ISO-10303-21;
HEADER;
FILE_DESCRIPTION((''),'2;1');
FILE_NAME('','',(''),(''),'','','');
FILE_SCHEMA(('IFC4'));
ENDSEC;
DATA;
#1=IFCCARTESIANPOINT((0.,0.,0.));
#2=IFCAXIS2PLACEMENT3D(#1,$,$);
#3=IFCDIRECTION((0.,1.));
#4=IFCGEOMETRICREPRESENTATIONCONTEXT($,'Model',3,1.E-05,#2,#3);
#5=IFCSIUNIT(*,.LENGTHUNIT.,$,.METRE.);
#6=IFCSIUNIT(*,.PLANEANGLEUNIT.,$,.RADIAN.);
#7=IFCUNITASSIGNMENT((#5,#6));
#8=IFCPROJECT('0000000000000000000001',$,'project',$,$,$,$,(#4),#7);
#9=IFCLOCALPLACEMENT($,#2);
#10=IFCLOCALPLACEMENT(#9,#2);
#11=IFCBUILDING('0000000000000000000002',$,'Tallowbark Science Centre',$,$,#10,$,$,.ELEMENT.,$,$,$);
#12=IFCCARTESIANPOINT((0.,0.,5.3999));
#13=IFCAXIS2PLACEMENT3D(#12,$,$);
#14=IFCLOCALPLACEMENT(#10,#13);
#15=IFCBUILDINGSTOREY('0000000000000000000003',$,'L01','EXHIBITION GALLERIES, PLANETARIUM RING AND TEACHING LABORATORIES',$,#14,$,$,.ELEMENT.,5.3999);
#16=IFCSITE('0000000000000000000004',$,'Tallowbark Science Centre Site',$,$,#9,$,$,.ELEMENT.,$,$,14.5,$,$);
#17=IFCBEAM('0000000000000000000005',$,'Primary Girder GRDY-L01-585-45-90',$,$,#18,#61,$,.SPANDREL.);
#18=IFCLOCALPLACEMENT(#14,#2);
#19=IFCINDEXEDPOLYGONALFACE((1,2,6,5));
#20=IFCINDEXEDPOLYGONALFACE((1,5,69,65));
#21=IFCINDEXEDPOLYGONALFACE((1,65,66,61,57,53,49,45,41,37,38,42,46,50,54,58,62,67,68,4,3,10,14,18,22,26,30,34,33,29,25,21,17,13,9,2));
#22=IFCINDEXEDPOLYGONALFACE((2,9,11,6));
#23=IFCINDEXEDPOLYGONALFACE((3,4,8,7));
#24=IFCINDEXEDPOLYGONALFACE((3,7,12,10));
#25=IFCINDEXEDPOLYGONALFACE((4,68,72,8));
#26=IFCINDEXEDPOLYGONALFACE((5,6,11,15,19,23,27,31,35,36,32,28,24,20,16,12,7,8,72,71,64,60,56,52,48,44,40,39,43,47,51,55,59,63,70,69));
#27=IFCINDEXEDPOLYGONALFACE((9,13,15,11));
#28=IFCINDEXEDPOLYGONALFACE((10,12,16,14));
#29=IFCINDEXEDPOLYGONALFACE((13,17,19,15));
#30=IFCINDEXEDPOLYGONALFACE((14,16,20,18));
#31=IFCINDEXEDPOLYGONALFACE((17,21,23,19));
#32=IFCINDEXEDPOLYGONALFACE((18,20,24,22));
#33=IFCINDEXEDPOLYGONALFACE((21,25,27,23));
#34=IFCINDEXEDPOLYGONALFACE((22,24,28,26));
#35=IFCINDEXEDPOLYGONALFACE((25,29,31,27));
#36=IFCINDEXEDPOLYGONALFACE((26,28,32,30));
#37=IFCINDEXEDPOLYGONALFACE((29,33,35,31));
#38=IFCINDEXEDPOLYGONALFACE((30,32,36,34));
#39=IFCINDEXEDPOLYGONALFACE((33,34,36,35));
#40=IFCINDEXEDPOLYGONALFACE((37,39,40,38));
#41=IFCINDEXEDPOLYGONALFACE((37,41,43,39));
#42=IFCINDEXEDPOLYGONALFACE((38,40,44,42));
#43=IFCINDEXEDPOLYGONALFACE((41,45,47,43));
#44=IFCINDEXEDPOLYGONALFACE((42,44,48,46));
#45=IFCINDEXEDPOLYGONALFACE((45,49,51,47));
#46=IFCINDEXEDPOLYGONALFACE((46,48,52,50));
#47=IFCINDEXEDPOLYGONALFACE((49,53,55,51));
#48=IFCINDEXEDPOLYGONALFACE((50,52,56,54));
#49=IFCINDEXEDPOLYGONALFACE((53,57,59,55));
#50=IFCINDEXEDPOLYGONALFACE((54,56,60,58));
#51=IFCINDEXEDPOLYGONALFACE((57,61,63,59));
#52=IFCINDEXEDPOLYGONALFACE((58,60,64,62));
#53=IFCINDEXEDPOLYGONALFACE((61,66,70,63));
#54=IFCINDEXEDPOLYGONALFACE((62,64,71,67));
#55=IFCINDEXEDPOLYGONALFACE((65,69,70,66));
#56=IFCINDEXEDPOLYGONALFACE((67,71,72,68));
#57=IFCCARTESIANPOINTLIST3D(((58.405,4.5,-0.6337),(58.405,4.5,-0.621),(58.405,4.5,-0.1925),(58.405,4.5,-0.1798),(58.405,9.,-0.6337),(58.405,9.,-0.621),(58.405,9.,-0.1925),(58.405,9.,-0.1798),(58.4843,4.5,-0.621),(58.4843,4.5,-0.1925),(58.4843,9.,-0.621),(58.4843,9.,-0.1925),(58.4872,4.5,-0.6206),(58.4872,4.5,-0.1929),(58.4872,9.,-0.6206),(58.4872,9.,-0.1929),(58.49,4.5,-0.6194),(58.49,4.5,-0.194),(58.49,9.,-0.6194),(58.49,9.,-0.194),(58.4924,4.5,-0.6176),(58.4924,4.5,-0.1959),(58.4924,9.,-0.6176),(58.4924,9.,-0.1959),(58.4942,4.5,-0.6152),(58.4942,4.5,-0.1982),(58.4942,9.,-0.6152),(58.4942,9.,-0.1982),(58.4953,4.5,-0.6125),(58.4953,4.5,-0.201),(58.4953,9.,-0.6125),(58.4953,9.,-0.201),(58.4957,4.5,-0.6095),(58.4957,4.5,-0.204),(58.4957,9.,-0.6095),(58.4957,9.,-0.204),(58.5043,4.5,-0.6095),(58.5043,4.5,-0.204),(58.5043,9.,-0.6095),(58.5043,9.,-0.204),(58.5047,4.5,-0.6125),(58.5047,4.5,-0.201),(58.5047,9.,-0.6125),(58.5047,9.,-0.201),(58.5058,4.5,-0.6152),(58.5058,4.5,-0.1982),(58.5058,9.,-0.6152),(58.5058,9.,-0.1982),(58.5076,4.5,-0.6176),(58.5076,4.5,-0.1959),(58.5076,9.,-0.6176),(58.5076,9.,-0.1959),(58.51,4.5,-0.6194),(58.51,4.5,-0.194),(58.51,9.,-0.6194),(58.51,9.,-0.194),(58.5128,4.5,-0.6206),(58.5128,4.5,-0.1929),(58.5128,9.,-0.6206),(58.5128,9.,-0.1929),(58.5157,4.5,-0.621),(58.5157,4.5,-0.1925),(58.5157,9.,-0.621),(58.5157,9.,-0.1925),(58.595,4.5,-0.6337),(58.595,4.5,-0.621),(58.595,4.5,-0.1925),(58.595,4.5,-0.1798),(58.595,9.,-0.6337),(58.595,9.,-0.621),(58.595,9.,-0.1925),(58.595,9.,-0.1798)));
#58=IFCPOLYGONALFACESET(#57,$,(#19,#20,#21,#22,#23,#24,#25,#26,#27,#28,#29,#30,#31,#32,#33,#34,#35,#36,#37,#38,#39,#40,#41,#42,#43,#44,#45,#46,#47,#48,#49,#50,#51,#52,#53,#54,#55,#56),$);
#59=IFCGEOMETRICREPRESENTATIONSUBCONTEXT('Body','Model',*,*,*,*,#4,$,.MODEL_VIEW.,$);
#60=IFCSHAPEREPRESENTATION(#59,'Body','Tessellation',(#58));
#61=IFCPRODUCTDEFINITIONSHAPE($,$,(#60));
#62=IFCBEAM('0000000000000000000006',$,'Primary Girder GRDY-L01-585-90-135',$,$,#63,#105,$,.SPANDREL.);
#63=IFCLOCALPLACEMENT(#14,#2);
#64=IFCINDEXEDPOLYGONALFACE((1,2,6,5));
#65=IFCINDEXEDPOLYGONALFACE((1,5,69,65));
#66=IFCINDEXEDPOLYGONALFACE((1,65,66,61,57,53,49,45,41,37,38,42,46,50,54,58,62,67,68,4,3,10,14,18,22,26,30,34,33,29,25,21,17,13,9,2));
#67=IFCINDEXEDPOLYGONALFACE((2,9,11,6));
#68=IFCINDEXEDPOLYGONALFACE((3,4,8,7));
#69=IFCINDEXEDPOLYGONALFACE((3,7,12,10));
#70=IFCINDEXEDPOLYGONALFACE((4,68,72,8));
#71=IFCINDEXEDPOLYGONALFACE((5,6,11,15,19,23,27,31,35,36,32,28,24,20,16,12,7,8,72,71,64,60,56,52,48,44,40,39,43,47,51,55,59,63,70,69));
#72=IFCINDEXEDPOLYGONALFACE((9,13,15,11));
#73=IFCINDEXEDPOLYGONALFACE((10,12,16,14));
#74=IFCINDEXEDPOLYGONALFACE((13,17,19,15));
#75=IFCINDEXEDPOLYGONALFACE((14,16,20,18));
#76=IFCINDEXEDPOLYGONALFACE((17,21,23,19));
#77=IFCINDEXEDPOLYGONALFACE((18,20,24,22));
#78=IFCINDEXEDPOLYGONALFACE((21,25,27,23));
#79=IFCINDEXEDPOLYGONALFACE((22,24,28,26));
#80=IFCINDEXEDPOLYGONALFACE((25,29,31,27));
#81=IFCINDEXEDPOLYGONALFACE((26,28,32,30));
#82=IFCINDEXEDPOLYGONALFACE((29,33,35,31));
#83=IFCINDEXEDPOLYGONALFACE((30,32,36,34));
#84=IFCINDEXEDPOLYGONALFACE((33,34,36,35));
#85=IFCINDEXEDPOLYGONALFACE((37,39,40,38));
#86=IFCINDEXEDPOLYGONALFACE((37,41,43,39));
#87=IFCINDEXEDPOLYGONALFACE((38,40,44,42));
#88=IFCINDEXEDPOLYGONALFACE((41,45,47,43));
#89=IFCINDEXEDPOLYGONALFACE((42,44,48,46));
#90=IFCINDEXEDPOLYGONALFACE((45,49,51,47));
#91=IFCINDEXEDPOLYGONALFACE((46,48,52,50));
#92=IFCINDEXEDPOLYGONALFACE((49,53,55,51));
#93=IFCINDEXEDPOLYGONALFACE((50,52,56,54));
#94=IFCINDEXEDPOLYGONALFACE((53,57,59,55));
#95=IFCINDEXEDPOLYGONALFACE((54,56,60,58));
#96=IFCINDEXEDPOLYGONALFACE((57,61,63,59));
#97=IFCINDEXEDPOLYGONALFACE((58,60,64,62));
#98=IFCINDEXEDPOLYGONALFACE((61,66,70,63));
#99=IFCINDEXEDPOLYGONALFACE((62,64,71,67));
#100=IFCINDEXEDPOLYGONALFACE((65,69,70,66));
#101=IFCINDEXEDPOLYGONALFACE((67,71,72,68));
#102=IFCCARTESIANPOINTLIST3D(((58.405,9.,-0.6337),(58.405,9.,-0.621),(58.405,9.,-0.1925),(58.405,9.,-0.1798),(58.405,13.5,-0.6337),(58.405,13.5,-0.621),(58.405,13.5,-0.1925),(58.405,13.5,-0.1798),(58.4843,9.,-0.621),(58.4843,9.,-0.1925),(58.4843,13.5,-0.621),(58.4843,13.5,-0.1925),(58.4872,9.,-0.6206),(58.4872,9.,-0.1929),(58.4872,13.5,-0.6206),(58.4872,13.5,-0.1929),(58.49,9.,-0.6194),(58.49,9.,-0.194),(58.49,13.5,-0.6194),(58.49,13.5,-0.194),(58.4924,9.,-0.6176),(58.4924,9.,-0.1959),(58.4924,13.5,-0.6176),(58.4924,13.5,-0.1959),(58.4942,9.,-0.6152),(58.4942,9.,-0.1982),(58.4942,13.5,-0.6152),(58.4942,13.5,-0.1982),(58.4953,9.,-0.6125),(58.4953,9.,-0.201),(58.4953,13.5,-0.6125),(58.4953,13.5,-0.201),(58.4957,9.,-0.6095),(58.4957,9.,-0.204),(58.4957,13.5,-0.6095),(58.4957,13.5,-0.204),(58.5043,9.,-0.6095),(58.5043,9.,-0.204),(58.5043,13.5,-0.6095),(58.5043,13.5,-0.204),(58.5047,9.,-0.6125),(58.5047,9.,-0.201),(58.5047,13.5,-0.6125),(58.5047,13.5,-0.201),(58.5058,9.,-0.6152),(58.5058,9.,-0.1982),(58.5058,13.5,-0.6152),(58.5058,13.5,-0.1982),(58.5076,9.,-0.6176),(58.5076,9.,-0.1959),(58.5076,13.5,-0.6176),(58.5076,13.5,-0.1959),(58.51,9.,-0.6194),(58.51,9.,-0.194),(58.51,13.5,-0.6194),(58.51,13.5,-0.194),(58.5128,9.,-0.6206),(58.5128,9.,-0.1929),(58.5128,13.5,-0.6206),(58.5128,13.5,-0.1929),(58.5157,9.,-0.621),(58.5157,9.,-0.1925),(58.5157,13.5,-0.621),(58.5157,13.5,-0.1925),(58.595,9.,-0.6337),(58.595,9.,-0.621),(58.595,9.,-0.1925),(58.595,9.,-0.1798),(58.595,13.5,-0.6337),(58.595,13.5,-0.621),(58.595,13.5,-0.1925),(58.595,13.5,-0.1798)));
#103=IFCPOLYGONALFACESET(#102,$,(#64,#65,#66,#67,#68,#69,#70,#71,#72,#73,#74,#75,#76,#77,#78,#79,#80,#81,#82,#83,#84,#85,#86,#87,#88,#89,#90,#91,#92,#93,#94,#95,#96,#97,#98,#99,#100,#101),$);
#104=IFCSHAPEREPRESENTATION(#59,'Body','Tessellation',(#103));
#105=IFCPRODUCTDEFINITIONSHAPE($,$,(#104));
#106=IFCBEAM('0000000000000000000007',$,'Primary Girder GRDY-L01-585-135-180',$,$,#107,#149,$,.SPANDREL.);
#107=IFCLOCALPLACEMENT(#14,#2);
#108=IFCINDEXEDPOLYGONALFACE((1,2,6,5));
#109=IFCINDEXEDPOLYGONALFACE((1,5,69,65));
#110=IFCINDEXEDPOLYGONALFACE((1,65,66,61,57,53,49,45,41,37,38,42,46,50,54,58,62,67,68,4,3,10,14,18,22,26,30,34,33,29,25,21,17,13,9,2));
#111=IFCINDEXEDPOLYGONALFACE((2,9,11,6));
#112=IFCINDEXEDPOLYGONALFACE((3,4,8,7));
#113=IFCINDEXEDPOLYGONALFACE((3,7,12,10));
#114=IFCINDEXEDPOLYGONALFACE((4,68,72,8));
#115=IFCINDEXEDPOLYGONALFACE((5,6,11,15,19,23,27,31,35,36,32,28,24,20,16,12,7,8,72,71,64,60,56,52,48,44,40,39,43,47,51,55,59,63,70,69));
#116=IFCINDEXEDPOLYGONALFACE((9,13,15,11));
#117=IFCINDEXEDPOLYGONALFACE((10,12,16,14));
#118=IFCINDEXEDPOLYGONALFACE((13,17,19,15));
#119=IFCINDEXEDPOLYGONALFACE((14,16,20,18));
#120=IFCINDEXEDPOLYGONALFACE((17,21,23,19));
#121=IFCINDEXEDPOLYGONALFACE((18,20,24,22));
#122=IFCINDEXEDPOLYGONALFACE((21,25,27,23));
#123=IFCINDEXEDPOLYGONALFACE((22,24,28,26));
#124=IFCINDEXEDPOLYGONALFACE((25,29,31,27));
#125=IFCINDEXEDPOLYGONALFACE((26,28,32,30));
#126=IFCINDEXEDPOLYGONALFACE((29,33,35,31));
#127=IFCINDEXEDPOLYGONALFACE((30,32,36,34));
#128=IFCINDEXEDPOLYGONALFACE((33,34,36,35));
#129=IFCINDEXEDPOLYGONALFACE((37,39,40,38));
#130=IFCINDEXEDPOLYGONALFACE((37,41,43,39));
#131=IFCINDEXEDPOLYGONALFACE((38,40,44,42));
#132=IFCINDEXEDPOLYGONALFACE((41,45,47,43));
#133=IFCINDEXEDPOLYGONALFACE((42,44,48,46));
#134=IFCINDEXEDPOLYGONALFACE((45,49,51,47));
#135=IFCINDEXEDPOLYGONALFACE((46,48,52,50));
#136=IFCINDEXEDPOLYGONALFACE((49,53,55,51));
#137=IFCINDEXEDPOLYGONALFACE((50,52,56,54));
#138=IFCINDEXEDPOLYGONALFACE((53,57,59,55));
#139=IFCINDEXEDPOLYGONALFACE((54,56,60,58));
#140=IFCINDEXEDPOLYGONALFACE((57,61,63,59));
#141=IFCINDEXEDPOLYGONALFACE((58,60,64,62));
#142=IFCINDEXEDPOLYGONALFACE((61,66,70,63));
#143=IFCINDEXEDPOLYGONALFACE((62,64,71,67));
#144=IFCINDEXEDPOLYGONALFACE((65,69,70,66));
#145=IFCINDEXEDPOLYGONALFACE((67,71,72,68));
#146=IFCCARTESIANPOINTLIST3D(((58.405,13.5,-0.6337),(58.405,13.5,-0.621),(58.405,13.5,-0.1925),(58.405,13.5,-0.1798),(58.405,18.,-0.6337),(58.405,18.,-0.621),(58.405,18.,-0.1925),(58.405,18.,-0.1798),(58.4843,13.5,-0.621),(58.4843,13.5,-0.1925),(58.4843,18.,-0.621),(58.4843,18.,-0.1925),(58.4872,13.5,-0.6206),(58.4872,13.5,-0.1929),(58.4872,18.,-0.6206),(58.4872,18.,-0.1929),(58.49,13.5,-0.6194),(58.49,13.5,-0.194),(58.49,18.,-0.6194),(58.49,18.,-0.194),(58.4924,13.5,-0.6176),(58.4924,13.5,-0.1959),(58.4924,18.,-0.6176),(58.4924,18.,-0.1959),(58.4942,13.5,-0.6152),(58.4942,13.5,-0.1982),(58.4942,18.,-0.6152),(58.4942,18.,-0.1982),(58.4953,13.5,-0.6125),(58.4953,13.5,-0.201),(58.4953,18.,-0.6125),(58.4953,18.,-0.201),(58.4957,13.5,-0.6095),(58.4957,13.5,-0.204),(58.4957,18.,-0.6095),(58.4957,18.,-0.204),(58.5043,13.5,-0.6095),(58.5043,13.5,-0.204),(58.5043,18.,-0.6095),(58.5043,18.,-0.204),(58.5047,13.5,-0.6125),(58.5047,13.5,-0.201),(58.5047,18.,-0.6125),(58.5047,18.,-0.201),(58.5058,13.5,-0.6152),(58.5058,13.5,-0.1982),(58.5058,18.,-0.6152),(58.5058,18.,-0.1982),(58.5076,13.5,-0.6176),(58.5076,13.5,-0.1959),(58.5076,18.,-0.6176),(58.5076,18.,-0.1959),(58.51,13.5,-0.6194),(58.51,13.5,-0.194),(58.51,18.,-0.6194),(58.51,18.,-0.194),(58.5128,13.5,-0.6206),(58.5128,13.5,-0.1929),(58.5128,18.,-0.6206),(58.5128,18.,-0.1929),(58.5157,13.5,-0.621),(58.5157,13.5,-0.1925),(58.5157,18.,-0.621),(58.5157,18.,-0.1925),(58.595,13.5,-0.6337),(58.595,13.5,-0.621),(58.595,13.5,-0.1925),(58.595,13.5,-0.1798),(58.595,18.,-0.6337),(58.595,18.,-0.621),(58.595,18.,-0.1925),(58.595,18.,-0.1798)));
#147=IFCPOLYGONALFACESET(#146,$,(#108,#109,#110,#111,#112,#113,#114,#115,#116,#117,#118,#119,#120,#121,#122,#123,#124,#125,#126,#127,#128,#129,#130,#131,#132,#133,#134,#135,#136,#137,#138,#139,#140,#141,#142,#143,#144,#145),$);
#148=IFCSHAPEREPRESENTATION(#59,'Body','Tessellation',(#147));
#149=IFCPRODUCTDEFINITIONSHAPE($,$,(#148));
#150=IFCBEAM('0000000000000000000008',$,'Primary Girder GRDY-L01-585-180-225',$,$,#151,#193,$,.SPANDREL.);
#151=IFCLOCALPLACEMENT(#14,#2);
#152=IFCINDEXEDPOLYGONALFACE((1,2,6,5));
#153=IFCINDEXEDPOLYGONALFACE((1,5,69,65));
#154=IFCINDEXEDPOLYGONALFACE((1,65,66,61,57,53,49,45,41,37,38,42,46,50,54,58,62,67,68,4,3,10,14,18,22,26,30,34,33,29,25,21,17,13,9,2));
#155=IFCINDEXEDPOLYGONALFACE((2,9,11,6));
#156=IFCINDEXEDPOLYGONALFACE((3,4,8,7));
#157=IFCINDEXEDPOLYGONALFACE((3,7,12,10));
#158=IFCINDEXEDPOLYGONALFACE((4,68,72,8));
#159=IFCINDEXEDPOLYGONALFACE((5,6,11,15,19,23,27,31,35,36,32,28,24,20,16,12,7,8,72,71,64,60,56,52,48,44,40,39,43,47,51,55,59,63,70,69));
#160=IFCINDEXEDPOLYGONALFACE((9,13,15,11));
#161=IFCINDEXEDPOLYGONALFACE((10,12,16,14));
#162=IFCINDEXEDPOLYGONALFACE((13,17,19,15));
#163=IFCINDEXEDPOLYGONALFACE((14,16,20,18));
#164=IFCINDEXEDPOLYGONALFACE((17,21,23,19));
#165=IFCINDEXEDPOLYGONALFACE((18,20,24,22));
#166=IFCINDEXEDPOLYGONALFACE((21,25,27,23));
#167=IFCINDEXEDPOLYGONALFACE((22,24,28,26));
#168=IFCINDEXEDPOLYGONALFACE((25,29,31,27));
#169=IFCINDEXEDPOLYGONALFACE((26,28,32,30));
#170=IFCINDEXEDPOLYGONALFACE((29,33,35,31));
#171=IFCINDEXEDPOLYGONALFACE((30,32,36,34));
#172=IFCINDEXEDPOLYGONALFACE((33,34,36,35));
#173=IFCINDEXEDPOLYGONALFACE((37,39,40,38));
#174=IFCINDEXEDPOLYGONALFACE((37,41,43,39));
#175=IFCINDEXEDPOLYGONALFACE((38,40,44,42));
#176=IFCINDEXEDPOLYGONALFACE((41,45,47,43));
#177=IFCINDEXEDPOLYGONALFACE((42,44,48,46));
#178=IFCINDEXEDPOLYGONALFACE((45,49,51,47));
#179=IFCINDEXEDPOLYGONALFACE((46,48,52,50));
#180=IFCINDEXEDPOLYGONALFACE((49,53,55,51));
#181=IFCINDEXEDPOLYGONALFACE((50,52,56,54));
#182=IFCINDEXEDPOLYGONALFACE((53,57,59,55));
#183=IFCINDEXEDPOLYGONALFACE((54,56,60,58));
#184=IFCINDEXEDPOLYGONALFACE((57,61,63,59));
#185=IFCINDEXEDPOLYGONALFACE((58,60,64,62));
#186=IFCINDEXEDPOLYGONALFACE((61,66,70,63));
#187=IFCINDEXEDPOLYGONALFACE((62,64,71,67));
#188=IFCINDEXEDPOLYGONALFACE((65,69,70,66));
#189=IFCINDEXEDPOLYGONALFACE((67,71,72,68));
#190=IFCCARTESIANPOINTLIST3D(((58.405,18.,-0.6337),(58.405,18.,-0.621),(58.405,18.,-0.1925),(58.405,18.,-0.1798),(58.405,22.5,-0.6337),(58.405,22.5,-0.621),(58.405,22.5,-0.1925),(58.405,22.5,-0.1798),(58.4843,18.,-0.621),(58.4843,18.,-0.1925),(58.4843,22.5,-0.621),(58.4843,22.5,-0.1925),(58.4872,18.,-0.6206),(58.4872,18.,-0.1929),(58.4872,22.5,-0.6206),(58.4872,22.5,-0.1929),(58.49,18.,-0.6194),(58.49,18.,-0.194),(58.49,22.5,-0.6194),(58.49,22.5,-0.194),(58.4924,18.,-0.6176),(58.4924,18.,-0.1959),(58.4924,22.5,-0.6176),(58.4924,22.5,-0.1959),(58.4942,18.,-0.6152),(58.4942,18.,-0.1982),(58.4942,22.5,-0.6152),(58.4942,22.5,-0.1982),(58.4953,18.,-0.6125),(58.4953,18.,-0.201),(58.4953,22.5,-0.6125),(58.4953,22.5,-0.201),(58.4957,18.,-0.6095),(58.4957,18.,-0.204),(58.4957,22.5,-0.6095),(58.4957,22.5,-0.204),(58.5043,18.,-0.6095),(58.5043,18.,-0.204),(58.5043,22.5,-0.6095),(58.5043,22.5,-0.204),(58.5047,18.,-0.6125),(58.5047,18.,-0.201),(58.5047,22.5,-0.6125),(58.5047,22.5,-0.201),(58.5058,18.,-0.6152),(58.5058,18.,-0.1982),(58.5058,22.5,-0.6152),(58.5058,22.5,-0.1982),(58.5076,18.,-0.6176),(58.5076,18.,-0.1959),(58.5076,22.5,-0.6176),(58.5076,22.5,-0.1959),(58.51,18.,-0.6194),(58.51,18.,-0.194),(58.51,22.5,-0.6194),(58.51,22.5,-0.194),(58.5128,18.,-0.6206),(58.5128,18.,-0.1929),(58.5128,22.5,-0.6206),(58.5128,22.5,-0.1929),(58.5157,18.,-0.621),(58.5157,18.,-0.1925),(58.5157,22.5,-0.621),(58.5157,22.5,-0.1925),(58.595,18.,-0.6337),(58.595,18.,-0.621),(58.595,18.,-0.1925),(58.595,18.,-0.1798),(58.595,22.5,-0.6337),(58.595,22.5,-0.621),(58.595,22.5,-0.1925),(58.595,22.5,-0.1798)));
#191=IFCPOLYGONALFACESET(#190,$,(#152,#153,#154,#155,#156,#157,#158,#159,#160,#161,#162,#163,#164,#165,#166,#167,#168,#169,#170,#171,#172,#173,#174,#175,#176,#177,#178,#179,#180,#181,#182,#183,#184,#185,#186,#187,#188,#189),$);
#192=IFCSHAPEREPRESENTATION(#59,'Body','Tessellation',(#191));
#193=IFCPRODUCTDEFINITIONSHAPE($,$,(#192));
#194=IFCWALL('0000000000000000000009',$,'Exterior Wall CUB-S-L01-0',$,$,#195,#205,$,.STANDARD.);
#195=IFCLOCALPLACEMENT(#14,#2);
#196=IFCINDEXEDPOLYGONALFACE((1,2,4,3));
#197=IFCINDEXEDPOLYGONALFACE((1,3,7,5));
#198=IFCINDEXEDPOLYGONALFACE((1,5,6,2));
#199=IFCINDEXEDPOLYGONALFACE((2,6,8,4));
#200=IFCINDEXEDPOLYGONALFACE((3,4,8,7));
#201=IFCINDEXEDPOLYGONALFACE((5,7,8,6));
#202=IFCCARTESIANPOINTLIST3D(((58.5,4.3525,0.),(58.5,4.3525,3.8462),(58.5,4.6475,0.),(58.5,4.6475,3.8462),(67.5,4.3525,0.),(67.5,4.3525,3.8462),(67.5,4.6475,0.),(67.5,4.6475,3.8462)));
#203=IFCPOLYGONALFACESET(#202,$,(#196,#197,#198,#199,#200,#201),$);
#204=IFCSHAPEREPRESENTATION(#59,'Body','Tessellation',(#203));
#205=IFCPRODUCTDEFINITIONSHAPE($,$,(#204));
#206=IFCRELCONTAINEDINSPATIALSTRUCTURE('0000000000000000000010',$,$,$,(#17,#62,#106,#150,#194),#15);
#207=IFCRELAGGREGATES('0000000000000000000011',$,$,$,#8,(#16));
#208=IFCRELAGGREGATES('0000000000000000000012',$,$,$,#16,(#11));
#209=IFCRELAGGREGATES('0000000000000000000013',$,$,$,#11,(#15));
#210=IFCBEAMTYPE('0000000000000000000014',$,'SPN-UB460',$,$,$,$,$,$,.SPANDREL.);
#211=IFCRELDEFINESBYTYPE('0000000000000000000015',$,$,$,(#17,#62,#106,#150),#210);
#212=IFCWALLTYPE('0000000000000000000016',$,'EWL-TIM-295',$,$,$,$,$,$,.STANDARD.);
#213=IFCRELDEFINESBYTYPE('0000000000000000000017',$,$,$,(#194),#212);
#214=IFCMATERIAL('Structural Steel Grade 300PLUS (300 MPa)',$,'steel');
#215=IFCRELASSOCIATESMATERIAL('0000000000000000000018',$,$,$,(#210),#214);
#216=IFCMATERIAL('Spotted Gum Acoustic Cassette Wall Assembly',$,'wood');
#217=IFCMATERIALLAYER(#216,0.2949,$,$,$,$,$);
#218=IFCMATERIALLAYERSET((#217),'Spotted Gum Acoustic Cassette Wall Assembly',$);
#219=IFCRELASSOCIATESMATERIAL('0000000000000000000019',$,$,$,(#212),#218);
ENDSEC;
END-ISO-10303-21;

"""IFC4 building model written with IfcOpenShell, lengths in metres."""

from ifc_helpers import new_model, si_unit, direction, frame, frame_2d, origin, origin_2d, place, context, subcontext, project, spatial, rectangle, i_section, extrude, material, layer, layer_set, material_profile, profile_set, type_object, element, save


model = new_model("IFC4")

# Units and contexts
model_context = context("Model", 3, precision=1e-05, world=origin(), true_north=direction((0.0, 1.0)))
body_context = subcontext(model_context, "Body", "Model", "MODEL_VIEW")
ifc_project = project(units=[si_unit("LENGTHUNIT", "METRE"), si_unit("PLANEANGLEUNIT", "RADIAN")], contexts=[model_context])

# Site, building, storey
site_placement = place(None, origin())
site = spatial("IfcSite", under=ifc_project, at=site_placement, Name="Tallowbark Science Centre Site", CompositionType="ELEMENT", RefElevation=14.5)
building_placement = place(site_placement, origin())
building = spatial("IfcBuilding", under=site, at=building_placement, Name="Tallowbark Science Centre", CompositionType="ELEMENT")
storey_placement = place(building_placement, frame((0.0, 0.0, 5.3999)))
storey = spatial("IfcBuildingStorey", under=building, at=storey_placement, Name="L01", Description="EXHIBITION GALLERIES, PLANETARIUM RING AND TEACHING LABORATORIES", CompositionType="ELEMENT", Elevation=5.3999)

# Shared definitions
ifc_material_1 = material(Name="Structural Steel Grade 300PLUS (300 MPa)", Category="steel")

# Beams
ifc_material_profile_1 = material_profile(ifc_material_1, i_section(OverallWidth=0.1899, OverallDepth=0.4539, WebThickness=0.0085, FlangeThickness=0.0127, FilletRadius=0.0115, at=origin_2d()), Name="460UB67.1")
ifc_profile_set_1 = profile_set([ifc_material_profile_1], Name="Structural Steel Grade 300PLUS (300 MPa)")
beam_type_1 = type_object("IfcBeamType", Name="SPN-UB460", PredefinedType="SPANDREL", material=ifc_profile_set_1)
for number, where, z_axis, x_axis, name in (
    (1, (58.5, 4.5, -0.4067), (0.0, 1.0, 0.0), (-1.0, 0.0, 0.0), "Primary Girder GRDY-L01-585-45-90"),
    (2, (58.5, 9.0, -0.4067), (0.0, 1.0, 0.0), (-1.0, 0.0, 0.0), "Primary Girder GRDY-L01-585-90-135"),
    (3, (58.5, 13.5, -0.4067), (0.0, 1.0, 0.0), (-1.0, 0.0, 0.0), "Primary Girder GRDY-L01-585-135-180"),
    (4, (58.5, 18.0, -0.4067), (0.0, 1.0, 0.0), (-1.0, 0.0, 0.0), "Primary Girder GRDY-L01-585-180-225"),
):
    element("IfcBeam", number, at=place(storey_placement, frame(where, z_axis=z_axis, x_axis=x_axis)), inside=storey, type_object=beam_type_1, Name=name, PredefinedType="SPANDREL", context=body_context, shape_type="SweptSolid", body=[
        extrude(i_section(OverallWidth=0.1899, OverallDepth=0.4539, WebThickness=0.0085, FlangeThickness=0.0127, FilletRadius=0.0115, at=origin_2d()), origin(), (0.0, 0.0, 1.0), 4.5),
    ])

# Wall
ifc_material_2 = material(Name="Spotted Gum Acoustic Cassette Wall Assembly", Category="wood")
ifc_layer_1 = layer(ifc_material_2, 0.2949)
ifc_layer_set_1 = layer_set([ifc_layer_1], Name="Spotted Gum Acoustic Cassette Wall Assembly")
wall_type_1 = type_object("IfcWallType", Name="EWL-TIM-295", PredefinedType="STANDARD", material=ifc_layer_set_1)
for number, where, z_axis, x_axis, name in (
    (5, (58.5, 4.5, 0.0), (0.0, 0.0, 1.0), (1.0, 0.0, 0.0), "Exterior Wall CUB-S-L01-0"),
):
    element("IfcWall", number, at=place(storey_placement, frame(where, z_axis=z_axis, x_axis=x_axis)), inside=storey, type_object=wall_type_1, Name=name, PredefinedType="STANDARD", context=body_context, shape_type="SweptSolid", body=[
        extrude(rectangle(XDim=9.0, YDim=0.2949, at=frame_2d((4.5, 0.0))), origin(), (0.0, 0.0, 1.0), 3.8462),
    ])

save(model, "model.ifc")
